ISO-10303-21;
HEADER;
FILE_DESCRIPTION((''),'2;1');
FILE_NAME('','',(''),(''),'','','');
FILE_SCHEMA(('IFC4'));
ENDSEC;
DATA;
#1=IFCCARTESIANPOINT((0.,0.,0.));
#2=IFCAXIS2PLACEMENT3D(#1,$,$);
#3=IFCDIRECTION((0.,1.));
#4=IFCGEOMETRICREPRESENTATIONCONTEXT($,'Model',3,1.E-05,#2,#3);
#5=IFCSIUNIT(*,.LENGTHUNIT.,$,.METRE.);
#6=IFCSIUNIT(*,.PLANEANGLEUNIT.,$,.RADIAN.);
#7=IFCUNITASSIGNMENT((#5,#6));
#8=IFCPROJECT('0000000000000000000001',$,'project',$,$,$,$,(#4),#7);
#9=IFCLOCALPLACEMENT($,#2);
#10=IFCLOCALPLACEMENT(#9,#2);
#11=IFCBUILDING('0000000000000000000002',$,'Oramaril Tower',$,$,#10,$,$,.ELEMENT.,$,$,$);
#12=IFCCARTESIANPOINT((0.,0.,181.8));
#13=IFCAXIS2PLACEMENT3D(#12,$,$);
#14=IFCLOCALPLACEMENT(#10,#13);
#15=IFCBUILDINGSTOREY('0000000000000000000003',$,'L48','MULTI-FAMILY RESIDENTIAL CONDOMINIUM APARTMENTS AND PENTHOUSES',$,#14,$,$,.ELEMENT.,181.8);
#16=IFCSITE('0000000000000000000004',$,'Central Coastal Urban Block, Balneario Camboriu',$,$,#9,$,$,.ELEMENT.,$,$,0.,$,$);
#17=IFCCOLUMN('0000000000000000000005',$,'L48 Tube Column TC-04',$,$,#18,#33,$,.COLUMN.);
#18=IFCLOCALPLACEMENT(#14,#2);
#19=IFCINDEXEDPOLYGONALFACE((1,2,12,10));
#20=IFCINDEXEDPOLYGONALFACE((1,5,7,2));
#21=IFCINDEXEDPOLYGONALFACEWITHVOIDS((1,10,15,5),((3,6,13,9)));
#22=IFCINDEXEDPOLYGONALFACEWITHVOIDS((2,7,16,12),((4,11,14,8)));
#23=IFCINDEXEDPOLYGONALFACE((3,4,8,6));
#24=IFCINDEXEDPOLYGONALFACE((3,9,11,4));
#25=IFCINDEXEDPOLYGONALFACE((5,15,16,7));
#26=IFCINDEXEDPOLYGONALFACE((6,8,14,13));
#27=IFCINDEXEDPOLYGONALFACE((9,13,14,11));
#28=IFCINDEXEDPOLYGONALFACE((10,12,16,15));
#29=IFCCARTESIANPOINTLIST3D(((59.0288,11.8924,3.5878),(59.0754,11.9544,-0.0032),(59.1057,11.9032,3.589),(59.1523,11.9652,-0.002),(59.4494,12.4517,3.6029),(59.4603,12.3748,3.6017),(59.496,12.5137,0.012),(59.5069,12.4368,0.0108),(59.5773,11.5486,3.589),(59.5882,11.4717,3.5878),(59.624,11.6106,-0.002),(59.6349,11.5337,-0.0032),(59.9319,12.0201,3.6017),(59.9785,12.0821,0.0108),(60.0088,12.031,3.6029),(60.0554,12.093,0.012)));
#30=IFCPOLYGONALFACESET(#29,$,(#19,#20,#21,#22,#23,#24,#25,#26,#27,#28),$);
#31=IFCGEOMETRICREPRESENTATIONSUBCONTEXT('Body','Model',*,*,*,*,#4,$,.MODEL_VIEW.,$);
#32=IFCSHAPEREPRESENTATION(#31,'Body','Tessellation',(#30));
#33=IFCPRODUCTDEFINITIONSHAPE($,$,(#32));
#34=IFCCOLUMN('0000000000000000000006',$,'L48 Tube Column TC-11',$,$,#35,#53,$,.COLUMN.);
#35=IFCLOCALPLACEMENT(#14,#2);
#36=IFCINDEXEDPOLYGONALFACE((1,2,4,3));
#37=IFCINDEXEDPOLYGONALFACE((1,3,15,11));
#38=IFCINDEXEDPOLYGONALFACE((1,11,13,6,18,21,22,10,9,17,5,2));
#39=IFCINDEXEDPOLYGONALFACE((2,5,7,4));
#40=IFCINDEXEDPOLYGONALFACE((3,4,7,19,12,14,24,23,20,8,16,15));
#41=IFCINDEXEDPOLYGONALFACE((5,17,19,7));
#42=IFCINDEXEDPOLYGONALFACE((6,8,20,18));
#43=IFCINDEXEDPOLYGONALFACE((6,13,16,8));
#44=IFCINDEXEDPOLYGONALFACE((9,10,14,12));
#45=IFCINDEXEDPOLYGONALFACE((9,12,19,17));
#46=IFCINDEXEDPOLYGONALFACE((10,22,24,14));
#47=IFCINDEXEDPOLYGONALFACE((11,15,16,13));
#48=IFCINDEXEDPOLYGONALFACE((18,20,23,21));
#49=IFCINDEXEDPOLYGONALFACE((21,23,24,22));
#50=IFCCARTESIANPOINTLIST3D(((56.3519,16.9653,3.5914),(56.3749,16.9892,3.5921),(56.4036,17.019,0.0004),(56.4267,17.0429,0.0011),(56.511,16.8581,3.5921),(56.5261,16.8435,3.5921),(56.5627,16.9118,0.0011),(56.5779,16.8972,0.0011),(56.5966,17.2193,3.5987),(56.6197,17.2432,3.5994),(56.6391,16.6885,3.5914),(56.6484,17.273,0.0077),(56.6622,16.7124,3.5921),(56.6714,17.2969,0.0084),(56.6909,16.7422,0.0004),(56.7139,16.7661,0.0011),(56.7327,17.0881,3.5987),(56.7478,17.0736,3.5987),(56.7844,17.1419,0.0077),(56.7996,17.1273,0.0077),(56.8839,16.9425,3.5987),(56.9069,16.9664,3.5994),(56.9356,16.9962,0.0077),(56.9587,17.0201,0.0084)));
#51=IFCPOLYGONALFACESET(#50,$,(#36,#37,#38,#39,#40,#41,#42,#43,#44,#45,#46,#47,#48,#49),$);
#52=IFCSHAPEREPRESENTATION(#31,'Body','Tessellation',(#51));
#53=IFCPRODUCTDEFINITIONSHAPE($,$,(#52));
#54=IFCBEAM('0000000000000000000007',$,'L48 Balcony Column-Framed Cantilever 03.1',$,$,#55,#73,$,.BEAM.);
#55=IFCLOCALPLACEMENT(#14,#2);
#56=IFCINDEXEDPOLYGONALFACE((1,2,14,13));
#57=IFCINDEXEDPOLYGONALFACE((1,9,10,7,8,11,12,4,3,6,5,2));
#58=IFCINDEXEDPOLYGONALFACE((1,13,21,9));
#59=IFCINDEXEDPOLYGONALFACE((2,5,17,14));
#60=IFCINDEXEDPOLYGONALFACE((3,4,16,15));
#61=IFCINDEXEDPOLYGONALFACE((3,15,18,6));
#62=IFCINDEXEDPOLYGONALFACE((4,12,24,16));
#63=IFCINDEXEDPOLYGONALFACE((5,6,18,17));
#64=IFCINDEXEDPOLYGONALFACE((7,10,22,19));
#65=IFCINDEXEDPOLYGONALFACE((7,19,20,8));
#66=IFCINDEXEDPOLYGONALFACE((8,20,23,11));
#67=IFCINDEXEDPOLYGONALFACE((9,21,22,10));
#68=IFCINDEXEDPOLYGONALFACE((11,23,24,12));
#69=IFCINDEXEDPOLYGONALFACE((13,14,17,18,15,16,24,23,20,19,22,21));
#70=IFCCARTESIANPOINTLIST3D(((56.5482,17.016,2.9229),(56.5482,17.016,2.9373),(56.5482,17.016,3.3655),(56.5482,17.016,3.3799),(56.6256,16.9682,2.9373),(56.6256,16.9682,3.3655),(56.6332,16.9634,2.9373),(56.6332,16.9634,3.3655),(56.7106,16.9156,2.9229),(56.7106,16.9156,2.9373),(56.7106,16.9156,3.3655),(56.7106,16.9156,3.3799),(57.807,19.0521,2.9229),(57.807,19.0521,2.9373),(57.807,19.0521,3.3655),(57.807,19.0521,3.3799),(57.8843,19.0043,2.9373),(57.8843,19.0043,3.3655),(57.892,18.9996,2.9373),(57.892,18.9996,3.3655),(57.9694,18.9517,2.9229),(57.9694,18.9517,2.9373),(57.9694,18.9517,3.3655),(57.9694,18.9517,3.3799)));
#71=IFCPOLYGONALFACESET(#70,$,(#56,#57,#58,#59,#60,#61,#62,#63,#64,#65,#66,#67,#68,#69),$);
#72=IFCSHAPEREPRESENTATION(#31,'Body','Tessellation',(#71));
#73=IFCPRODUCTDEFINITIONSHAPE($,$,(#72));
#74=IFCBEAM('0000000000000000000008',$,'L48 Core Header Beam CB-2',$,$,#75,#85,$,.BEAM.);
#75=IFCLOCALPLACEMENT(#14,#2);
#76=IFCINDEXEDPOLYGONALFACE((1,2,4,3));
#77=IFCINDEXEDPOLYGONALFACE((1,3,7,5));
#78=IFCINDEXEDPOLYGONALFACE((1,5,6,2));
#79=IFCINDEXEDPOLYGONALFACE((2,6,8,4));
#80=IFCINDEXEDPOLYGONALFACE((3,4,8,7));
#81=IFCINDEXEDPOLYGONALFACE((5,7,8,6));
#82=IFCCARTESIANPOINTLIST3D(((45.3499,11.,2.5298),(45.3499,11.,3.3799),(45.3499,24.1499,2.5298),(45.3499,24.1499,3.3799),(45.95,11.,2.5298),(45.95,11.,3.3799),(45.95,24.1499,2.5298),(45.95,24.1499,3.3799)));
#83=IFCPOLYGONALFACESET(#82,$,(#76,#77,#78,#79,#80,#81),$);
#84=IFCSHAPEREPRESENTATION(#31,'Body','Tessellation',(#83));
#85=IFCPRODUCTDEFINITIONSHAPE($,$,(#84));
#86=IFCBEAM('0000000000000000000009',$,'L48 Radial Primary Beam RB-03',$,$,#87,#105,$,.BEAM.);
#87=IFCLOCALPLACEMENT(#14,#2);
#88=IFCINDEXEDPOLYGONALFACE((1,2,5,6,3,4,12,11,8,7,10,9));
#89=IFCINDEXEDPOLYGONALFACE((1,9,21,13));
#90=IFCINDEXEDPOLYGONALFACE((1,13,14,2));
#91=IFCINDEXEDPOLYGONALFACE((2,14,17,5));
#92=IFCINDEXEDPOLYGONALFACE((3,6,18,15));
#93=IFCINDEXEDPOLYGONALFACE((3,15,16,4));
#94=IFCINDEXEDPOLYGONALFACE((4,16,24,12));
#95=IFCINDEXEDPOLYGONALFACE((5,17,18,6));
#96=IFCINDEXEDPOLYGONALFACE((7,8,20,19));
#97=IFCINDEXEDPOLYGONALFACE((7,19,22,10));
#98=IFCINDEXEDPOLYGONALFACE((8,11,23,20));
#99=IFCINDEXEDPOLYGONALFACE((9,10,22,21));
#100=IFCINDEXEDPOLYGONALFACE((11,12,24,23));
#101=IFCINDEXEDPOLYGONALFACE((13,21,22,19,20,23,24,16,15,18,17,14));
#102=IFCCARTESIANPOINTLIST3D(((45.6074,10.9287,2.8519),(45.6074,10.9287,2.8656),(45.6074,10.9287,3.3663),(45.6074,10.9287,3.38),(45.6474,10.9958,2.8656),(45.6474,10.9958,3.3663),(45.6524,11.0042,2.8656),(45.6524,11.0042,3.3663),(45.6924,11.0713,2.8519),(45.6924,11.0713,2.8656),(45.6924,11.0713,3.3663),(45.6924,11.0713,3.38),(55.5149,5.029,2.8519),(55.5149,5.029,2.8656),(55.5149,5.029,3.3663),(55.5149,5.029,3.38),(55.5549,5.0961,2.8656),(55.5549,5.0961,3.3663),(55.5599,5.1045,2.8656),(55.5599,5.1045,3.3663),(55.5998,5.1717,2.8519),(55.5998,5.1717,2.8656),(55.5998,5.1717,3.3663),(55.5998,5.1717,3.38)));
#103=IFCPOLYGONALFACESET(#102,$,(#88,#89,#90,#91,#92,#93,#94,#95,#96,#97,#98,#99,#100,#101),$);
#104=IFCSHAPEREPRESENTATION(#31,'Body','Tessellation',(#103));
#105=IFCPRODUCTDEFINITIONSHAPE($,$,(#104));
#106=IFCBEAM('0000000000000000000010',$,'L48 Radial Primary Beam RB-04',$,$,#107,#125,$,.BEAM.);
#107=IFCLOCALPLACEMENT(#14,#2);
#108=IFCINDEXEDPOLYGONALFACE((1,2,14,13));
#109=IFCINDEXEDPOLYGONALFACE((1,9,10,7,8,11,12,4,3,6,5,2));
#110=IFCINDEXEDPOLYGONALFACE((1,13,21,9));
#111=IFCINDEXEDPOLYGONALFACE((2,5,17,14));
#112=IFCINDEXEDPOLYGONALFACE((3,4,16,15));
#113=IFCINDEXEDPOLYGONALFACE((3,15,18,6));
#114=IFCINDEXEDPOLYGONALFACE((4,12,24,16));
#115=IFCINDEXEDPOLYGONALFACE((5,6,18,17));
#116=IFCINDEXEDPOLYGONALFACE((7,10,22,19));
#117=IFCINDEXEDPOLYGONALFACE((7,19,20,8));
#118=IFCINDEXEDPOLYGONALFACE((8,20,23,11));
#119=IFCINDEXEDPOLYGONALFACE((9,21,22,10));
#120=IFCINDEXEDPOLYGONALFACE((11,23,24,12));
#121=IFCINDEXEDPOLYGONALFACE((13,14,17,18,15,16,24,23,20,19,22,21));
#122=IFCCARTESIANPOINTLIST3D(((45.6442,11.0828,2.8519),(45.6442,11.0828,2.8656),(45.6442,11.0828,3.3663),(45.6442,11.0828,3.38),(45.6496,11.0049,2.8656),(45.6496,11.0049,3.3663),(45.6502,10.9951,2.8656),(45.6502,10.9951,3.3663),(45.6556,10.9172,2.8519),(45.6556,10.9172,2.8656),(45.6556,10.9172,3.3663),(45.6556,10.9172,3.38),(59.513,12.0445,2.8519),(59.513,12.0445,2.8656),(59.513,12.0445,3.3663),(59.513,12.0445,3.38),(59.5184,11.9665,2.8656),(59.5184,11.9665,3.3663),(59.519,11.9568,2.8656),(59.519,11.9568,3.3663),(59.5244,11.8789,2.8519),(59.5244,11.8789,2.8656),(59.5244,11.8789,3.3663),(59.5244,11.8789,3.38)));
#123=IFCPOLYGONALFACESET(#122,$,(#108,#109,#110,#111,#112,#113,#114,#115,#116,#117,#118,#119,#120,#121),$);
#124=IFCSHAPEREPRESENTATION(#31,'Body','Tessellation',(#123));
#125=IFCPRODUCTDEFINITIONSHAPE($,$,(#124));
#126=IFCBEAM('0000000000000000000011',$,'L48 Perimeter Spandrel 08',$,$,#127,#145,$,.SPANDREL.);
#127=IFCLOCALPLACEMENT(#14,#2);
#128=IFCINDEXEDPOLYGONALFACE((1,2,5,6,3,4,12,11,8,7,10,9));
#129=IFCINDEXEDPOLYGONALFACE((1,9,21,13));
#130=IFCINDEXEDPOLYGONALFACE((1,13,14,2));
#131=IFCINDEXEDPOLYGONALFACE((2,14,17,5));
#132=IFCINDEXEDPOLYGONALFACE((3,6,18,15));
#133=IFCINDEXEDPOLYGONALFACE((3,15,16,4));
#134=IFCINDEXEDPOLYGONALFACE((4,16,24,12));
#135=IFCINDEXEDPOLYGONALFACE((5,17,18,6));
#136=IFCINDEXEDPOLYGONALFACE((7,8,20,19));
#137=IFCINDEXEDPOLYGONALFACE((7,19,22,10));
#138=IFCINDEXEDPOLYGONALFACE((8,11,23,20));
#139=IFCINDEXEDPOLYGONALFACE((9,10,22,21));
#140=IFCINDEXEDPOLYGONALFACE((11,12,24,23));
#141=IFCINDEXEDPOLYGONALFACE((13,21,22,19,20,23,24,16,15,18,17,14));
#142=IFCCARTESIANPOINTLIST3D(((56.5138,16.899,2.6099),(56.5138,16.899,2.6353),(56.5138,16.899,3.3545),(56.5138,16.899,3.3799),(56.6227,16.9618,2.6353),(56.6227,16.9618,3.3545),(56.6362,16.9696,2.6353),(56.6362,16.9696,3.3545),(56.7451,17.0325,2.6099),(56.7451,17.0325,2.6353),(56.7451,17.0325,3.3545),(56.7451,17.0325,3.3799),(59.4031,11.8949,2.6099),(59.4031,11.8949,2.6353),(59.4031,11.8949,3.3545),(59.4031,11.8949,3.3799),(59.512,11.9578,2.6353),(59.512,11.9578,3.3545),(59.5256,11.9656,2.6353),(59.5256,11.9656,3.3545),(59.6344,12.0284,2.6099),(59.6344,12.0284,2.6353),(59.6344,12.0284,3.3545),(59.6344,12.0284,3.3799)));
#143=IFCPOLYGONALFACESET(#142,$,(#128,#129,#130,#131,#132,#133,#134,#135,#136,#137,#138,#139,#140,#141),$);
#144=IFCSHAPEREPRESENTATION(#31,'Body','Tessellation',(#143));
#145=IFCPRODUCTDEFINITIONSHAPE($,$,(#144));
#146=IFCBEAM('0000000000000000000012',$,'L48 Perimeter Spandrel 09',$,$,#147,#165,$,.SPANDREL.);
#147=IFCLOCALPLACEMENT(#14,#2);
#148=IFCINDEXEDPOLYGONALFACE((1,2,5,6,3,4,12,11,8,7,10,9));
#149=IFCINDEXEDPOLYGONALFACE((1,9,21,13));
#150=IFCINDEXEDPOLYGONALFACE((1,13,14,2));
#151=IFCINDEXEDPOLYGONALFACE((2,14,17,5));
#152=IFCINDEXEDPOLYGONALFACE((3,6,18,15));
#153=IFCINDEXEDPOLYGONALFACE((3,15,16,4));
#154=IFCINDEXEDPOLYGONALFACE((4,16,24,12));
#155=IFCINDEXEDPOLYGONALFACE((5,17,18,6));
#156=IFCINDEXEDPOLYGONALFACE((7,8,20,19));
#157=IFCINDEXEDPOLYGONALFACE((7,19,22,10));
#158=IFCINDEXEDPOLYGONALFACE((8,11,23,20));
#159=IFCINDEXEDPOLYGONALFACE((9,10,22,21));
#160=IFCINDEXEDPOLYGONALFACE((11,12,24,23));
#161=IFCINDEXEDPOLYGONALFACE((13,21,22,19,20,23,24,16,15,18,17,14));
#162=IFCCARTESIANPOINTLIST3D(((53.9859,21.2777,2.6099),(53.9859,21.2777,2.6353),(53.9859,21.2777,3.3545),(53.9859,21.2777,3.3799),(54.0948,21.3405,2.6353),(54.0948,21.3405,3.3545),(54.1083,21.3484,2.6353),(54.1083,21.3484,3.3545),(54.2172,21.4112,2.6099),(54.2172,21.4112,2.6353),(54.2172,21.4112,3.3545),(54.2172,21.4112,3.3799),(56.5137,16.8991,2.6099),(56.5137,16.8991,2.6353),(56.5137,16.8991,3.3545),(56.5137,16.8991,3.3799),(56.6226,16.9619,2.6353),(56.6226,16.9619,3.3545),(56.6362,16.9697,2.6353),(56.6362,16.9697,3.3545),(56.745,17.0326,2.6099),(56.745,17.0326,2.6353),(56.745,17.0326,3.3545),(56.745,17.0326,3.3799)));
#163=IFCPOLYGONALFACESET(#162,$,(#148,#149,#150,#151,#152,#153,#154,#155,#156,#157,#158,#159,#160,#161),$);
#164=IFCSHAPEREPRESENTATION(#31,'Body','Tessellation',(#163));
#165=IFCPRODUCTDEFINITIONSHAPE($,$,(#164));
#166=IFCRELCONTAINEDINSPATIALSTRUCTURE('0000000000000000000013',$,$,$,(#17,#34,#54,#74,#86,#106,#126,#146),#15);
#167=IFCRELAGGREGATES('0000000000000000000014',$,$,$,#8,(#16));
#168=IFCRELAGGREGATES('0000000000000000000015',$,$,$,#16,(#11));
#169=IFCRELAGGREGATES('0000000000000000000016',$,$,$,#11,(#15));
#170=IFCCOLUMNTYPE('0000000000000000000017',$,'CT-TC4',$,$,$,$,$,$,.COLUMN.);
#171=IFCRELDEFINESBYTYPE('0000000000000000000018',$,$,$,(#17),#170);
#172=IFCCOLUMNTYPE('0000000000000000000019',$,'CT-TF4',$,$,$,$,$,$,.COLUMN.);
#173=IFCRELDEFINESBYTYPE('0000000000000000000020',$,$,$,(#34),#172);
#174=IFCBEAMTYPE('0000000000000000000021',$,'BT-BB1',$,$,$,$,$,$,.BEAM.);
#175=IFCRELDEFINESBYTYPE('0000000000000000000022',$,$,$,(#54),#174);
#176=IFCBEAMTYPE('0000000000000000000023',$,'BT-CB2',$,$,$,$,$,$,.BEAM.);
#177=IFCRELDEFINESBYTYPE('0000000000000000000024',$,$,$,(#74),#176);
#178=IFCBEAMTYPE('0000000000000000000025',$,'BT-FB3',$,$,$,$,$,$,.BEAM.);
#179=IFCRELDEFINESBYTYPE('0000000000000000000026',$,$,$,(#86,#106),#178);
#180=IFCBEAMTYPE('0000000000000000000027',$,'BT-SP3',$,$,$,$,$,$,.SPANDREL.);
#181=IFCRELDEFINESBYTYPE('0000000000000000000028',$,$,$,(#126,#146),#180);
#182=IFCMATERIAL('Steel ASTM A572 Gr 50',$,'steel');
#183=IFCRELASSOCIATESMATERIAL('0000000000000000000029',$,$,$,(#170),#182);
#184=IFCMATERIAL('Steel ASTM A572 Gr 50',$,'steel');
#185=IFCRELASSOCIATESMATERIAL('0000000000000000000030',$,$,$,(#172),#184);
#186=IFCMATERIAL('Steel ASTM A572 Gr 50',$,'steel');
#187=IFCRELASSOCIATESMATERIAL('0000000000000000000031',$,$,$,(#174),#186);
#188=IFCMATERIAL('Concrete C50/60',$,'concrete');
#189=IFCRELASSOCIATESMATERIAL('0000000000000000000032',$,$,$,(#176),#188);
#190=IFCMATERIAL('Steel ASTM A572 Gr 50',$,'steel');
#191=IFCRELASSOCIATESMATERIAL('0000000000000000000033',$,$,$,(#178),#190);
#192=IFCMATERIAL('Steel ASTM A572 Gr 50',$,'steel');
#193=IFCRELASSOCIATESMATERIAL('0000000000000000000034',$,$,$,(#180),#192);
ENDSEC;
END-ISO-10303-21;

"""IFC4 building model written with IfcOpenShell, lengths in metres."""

from ifc_helpers import new_model, si_unit, direction, frame, origin, origin_2d, place, context, subcontext, project, spatial, rectangle, hollow_rectangle, i_section, extrude, material, material_profile, profile_set, type_object, element, save


model = new_model("IFC4")

# Units and contexts
model_context = context("Model", 3, precision=1e-05, world=origin(), true_north=direction((0.0, 1.0)))
body_context = subcontext(model_context, "Body", "Model", "MODEL_VIEW")
ifc_project = project(units=[si_unit("LENGTHUNIT", "METRE"), si_unit("PLANEANGLEUNIT", "RADIAN")], contexts=[model_context])

# Site, building, storey
site_placement = place(None, origin())
site = spatial("IfcSite", under=ifc_project, at=site_placement, Name="Central Coastal Urban Block, Balneario Camboriu", CompositionType="ELEMENT", RefElevation=0.0)
building_placement = place(site_placement, origin())
building = spatial("IfcBuilding", under=site, at=building_placement, Name="Oramaril Tower", CompositionType="ELEMENT")
storey_placement = place(building_placement, frame((0.0, 0.0, 181.8)))
storey = spatial("IfcBuildingStorey", under=building, at=storey_placement, Name="L48", Description="MULTI-FAMILY RESIDENTIAL CONDOMINIUM APARTMENTS AND PENTHOUSES", CompositionType="ELEMENT", Elevation=181.8)

# Columns
ifc_material_1 = material(Name="Steel ASTM A572 Gr 50", Category="steel")
ifc_material_profile_1 = material_profile(ifc_material_1, hollow_rectangle(XDim=0.7, YDim=0.7, WallThickness=0.0549, at=origin_2d()), Name="BOX700X700X55")
ifc_profile_set_1 = profile_set([ifc_material_profile_1], Name="Steel ASTM A572 Gr 50")
column_type_1 = type_object("IfcColumnType", Name="CT-TC4", PredefinedType="COLUMN", material=ifc_profile_set_1)
column_1_placement = place(storey_placement, frame((59.5654, 12.0237, 0.0044), z_axis=(-0.012982, -0.017264, 0.999767), x_axis=(0.799244, -0.601006, 0.0)))
element("IfcColumn", 1, at=column_1_placement, inside=storey, type_object=column_type_1, Name="L48 Tube Column TC-04", PredefinedType="COLUMN", context=body_context, shape_type="SweptSolid", body=[
    extrude(hollow_rectangle(XDim=0.7, YDim=0.7, WallThickness=0.0549, at=origin_2d()), origin(), (0.0, 0.0, 1.0), 3.5918),
])
ifc_material_2 = material(Name="Steel ASTM A572 Gr 50", Category="steel")
ifc_material_profile_2 = material_profile(ifc_material_2, i_section(OverallWidth=0.3989, OverallDepth=0.386, WebThickness=0.021, FlangeThickness=0.0332, at=origin_2d()), Name="W14X176")
ifc_profile_set_2 = profile_set([ifc_material_profile_2], Name="Steel ASTM A572 Gr 50")
column_type_2 = type_object("IfcColumnType", Name="CT-TF4", PredefinedType="COLUMN", material=ifc_profile_set_2)
column_2_placement = place(storey_placement, frame((56.6812, 17.0195, 0.0044), z_axis=(-0.01441, -0.014954, 0.999784), x_axis=(0.720078, -0.693893, 0.0)))
element("IfcColumn", 2, at=column_2_placement, inside=storey, type_object=column_type_2, Name="L48 Tube Column TC-11", PredefinedType="COLUMN", context=body_context, shape_type="SweptSolid", body=[
    extrude(i_section(OverallWidth=0.3989, OverallDepth=0.386, WebThickness=0.021, FlangeThickness=0.0332, at=origin_2d()), origin(), (0.0, 0.0, 1.0), 3.5918),
])

# Beams
ifc_material_3 = material(Name="Steel ASTM A572 Gr 50", Category="steel")
ifc_material_profile_3 = material_profile(ifc_material_3, i_section(OverallWidth=0.1909, OverallDepth=0.457, WebThickness=0.009, FlangeThickness=0.0144, at=origin_2d()), Name="W18X50")
ifc_profile_set_3 = profile_set([ifc_material_profile_3], Name="Steel ASTM A572 Gr 50")
beam_type_1 = type_object("IfcBeamType", Name="BT-BB1", PredefinedType="BEAM", material=ifc_profile_set_3)
beam_1_placement = place(storey_placement, frame((56.6294, 16.9658, 3.1514), z_axis=(0.525849, 0.850578, 0.0), x_axis=(-0.850578, 0.525849, 0.0)))
element("IfcBeam", 3, at=beam_1_placement, inside=storey, type_object=beam_type_1, Name="L48 Balcony Column-Framed Cantilever 03.1", PredefinedType="BEAM", context=body_context, shape_type="SweptSolid", body=[
    extrude(i_section(OverallWidth=0.1909, OverallDepth=0.457, WebThickness=0.009, FlangeThickness=0.0144, at=origin_2d()), origin(), (0.0, 0.0, 1.0), 2.3938),
])
ifc_material_4 = material(Name="Concrete C50/60", Category="concrete")
ifc_material_profile_4 = material_profile(ifc_material_4, rectangle(XDim=0.6001, YDim=0.8501, at=origin_2d()), Name="CB600X850")
ifc_profile_set_4 = profile_set([ifc_material_profile_4], Name="Concrete C50/60")
beam_type_2 = type_object("IfcBeamType", Name="BT-CB2", PredefinedType="BEAM", material=ifc_profile_set_4)
beam_2_placement = place(storey_placement, frame((45.6499, 11.0, 2.9548), z_axis=(0.0, 1.0, 0.0), x_axis=(-1.0, 0.0, 0.0)))
element("IfcBeam", 4, at=beam_2_placement, inside=storey, type_object=beam_type_2, Name="L48 Core Header Beam CB-2", PredefinedType="BEAM", context=body_context, shape_type="SweptSolid", body=[
    extrude(rectangle(XDim=0.6001, YDim=0.8501, at=origin_2d()), origin(), (0.0, 0.0, 1.0), 13.1499),
])
ifc_material_5 = material(Name="Steel ASTM A572 Gr 50", Category="steel")
ifc_material_profile_5 = material_profile(ifc_material_5, i_section(OverallWidth=0.166, OverallDepth=0.5281, WebThickness=0.0098, FlangeThickness=0.0137, at=origin_2d()), Name="W21X50")
ifc_profile_set_5 = profile_set([ifc_material_profile_5], Name="Steel ASTM A572 Gr 50")
beam_type_3 = type_object("IfcBeamType", Name="BT-FB3", PredefinedType="BEAM", material=ifc_profile_set_5)
beam_3_placement = place(storey_placement, frame((45.6499, 11.0, 3.116), z_axis=(0.859203, -0.511635, 0.0), x_axis=(0.511635, 0.859203, 0.0)))
element("IfcBeam", 5, at=beam_3_placement, inside=storey, type_object=beam_type_3, Name="L48 Radial Primary Beam RB-03", PredefinedType="BEAM", context=body_context, shape_type="SweptSolid", body=[
    extrude(i_section(OverallWidth=0.166, OverallDepth=0.5281, WebThickness=0.0098, FlangeThickness=0.0137, at=origin_2d()), origin(), (0.0, 0.0, 1.0), 11.531),
])
beam_4_placement = place(storey_placement, frame((45.6499, 11.0, 3.116), z_axis=(0.997605, 0.069174, 0.0), x_axis=(-0.069174, 0.997605, 0.0)))
element("IfcBeam", 6, at=beam_4_placement, inside=storey, type_object=beam_type_3, Name="L48 Radial Primary Beam RB-04", PredefinedType="BEAM", context=body_context, shape_type="SweptSolid", body=[
    extrude(i_section(OverallWidth=0.166, OverallDepth=0.5281, WebThickness=0.0098, FlangeThickness=0.0137, at=origin_2d()), origin(), (0.0, 0.0, 1.0), 13.9021),
])
ifc_material_6 = material(Name="Steel ASTM A572 Gr 50", Category="steel")
ifc_material_profile_6 = material_profile(ifc_material_6, i_section(OverallWidth=0.2671, OverallDepth=0.77, WebThickness=0.0156, FlangeThickness=0.0254, at=origin_2d()), Name="W30X132")
ifc_profile_set_6 = profile_set([ifc_material_profile_6], Name="Steel ASTM A572 Gr 50")
beam_type_4 = type_object("IfcBeamType", Name="BT-SP3", PredefinedType="SPANDREL", material=ifc_profile_set_6)
beam_5_placement = place(storey_placement, frame((59.5188, 11.9617, 2.9949), z_axis=(-0.500033, 0.866006, 0.0), x_axis=(-0.866006, -0.500033, 0.0)))
element("IfcBeam", 7, at=beam_5_placement, inside=storey, type_object=beam_type_4, Name="L48 Perimeter Spandrel 08", PredefinedType="SPANDREL", context=body_context, shape_type="SweptSolid", body=[
    extrude(i_section(OverallWidth=0.2671, OverallDepth=0.77, WebThickness=0.0156, FlangeThickness=0.0254, at=origin_2d()), origin(), (0.0, 0.0, 1.0), 5.7783),
])
beam_6_placement = place(storey_placement, frame((56.6294, 16.9658, 2.9949), z_axis=(-0.499972, 0.866042, 0.0), x_axis=(-0.866042, -0.499972, 0.0)))
element("IfcBeam", 8, at=beam_6_placement, inside=storey, type_object=beam_type_4, Name="L48 Perimeter Spandrel 09", PredefinedType="SPANDREL", context=body_context, shape_type="SweptSolid", body=[
    extrude(i_section(OverallWidth=0.2671, OverallDepth=0.77, WebThickness=0.0156, FlangeThickness=0.0254, at=origin_2d()), origin(), (0.0, 0.0, 1.0), 5.0559),
])

save(model, "model.ifc")
